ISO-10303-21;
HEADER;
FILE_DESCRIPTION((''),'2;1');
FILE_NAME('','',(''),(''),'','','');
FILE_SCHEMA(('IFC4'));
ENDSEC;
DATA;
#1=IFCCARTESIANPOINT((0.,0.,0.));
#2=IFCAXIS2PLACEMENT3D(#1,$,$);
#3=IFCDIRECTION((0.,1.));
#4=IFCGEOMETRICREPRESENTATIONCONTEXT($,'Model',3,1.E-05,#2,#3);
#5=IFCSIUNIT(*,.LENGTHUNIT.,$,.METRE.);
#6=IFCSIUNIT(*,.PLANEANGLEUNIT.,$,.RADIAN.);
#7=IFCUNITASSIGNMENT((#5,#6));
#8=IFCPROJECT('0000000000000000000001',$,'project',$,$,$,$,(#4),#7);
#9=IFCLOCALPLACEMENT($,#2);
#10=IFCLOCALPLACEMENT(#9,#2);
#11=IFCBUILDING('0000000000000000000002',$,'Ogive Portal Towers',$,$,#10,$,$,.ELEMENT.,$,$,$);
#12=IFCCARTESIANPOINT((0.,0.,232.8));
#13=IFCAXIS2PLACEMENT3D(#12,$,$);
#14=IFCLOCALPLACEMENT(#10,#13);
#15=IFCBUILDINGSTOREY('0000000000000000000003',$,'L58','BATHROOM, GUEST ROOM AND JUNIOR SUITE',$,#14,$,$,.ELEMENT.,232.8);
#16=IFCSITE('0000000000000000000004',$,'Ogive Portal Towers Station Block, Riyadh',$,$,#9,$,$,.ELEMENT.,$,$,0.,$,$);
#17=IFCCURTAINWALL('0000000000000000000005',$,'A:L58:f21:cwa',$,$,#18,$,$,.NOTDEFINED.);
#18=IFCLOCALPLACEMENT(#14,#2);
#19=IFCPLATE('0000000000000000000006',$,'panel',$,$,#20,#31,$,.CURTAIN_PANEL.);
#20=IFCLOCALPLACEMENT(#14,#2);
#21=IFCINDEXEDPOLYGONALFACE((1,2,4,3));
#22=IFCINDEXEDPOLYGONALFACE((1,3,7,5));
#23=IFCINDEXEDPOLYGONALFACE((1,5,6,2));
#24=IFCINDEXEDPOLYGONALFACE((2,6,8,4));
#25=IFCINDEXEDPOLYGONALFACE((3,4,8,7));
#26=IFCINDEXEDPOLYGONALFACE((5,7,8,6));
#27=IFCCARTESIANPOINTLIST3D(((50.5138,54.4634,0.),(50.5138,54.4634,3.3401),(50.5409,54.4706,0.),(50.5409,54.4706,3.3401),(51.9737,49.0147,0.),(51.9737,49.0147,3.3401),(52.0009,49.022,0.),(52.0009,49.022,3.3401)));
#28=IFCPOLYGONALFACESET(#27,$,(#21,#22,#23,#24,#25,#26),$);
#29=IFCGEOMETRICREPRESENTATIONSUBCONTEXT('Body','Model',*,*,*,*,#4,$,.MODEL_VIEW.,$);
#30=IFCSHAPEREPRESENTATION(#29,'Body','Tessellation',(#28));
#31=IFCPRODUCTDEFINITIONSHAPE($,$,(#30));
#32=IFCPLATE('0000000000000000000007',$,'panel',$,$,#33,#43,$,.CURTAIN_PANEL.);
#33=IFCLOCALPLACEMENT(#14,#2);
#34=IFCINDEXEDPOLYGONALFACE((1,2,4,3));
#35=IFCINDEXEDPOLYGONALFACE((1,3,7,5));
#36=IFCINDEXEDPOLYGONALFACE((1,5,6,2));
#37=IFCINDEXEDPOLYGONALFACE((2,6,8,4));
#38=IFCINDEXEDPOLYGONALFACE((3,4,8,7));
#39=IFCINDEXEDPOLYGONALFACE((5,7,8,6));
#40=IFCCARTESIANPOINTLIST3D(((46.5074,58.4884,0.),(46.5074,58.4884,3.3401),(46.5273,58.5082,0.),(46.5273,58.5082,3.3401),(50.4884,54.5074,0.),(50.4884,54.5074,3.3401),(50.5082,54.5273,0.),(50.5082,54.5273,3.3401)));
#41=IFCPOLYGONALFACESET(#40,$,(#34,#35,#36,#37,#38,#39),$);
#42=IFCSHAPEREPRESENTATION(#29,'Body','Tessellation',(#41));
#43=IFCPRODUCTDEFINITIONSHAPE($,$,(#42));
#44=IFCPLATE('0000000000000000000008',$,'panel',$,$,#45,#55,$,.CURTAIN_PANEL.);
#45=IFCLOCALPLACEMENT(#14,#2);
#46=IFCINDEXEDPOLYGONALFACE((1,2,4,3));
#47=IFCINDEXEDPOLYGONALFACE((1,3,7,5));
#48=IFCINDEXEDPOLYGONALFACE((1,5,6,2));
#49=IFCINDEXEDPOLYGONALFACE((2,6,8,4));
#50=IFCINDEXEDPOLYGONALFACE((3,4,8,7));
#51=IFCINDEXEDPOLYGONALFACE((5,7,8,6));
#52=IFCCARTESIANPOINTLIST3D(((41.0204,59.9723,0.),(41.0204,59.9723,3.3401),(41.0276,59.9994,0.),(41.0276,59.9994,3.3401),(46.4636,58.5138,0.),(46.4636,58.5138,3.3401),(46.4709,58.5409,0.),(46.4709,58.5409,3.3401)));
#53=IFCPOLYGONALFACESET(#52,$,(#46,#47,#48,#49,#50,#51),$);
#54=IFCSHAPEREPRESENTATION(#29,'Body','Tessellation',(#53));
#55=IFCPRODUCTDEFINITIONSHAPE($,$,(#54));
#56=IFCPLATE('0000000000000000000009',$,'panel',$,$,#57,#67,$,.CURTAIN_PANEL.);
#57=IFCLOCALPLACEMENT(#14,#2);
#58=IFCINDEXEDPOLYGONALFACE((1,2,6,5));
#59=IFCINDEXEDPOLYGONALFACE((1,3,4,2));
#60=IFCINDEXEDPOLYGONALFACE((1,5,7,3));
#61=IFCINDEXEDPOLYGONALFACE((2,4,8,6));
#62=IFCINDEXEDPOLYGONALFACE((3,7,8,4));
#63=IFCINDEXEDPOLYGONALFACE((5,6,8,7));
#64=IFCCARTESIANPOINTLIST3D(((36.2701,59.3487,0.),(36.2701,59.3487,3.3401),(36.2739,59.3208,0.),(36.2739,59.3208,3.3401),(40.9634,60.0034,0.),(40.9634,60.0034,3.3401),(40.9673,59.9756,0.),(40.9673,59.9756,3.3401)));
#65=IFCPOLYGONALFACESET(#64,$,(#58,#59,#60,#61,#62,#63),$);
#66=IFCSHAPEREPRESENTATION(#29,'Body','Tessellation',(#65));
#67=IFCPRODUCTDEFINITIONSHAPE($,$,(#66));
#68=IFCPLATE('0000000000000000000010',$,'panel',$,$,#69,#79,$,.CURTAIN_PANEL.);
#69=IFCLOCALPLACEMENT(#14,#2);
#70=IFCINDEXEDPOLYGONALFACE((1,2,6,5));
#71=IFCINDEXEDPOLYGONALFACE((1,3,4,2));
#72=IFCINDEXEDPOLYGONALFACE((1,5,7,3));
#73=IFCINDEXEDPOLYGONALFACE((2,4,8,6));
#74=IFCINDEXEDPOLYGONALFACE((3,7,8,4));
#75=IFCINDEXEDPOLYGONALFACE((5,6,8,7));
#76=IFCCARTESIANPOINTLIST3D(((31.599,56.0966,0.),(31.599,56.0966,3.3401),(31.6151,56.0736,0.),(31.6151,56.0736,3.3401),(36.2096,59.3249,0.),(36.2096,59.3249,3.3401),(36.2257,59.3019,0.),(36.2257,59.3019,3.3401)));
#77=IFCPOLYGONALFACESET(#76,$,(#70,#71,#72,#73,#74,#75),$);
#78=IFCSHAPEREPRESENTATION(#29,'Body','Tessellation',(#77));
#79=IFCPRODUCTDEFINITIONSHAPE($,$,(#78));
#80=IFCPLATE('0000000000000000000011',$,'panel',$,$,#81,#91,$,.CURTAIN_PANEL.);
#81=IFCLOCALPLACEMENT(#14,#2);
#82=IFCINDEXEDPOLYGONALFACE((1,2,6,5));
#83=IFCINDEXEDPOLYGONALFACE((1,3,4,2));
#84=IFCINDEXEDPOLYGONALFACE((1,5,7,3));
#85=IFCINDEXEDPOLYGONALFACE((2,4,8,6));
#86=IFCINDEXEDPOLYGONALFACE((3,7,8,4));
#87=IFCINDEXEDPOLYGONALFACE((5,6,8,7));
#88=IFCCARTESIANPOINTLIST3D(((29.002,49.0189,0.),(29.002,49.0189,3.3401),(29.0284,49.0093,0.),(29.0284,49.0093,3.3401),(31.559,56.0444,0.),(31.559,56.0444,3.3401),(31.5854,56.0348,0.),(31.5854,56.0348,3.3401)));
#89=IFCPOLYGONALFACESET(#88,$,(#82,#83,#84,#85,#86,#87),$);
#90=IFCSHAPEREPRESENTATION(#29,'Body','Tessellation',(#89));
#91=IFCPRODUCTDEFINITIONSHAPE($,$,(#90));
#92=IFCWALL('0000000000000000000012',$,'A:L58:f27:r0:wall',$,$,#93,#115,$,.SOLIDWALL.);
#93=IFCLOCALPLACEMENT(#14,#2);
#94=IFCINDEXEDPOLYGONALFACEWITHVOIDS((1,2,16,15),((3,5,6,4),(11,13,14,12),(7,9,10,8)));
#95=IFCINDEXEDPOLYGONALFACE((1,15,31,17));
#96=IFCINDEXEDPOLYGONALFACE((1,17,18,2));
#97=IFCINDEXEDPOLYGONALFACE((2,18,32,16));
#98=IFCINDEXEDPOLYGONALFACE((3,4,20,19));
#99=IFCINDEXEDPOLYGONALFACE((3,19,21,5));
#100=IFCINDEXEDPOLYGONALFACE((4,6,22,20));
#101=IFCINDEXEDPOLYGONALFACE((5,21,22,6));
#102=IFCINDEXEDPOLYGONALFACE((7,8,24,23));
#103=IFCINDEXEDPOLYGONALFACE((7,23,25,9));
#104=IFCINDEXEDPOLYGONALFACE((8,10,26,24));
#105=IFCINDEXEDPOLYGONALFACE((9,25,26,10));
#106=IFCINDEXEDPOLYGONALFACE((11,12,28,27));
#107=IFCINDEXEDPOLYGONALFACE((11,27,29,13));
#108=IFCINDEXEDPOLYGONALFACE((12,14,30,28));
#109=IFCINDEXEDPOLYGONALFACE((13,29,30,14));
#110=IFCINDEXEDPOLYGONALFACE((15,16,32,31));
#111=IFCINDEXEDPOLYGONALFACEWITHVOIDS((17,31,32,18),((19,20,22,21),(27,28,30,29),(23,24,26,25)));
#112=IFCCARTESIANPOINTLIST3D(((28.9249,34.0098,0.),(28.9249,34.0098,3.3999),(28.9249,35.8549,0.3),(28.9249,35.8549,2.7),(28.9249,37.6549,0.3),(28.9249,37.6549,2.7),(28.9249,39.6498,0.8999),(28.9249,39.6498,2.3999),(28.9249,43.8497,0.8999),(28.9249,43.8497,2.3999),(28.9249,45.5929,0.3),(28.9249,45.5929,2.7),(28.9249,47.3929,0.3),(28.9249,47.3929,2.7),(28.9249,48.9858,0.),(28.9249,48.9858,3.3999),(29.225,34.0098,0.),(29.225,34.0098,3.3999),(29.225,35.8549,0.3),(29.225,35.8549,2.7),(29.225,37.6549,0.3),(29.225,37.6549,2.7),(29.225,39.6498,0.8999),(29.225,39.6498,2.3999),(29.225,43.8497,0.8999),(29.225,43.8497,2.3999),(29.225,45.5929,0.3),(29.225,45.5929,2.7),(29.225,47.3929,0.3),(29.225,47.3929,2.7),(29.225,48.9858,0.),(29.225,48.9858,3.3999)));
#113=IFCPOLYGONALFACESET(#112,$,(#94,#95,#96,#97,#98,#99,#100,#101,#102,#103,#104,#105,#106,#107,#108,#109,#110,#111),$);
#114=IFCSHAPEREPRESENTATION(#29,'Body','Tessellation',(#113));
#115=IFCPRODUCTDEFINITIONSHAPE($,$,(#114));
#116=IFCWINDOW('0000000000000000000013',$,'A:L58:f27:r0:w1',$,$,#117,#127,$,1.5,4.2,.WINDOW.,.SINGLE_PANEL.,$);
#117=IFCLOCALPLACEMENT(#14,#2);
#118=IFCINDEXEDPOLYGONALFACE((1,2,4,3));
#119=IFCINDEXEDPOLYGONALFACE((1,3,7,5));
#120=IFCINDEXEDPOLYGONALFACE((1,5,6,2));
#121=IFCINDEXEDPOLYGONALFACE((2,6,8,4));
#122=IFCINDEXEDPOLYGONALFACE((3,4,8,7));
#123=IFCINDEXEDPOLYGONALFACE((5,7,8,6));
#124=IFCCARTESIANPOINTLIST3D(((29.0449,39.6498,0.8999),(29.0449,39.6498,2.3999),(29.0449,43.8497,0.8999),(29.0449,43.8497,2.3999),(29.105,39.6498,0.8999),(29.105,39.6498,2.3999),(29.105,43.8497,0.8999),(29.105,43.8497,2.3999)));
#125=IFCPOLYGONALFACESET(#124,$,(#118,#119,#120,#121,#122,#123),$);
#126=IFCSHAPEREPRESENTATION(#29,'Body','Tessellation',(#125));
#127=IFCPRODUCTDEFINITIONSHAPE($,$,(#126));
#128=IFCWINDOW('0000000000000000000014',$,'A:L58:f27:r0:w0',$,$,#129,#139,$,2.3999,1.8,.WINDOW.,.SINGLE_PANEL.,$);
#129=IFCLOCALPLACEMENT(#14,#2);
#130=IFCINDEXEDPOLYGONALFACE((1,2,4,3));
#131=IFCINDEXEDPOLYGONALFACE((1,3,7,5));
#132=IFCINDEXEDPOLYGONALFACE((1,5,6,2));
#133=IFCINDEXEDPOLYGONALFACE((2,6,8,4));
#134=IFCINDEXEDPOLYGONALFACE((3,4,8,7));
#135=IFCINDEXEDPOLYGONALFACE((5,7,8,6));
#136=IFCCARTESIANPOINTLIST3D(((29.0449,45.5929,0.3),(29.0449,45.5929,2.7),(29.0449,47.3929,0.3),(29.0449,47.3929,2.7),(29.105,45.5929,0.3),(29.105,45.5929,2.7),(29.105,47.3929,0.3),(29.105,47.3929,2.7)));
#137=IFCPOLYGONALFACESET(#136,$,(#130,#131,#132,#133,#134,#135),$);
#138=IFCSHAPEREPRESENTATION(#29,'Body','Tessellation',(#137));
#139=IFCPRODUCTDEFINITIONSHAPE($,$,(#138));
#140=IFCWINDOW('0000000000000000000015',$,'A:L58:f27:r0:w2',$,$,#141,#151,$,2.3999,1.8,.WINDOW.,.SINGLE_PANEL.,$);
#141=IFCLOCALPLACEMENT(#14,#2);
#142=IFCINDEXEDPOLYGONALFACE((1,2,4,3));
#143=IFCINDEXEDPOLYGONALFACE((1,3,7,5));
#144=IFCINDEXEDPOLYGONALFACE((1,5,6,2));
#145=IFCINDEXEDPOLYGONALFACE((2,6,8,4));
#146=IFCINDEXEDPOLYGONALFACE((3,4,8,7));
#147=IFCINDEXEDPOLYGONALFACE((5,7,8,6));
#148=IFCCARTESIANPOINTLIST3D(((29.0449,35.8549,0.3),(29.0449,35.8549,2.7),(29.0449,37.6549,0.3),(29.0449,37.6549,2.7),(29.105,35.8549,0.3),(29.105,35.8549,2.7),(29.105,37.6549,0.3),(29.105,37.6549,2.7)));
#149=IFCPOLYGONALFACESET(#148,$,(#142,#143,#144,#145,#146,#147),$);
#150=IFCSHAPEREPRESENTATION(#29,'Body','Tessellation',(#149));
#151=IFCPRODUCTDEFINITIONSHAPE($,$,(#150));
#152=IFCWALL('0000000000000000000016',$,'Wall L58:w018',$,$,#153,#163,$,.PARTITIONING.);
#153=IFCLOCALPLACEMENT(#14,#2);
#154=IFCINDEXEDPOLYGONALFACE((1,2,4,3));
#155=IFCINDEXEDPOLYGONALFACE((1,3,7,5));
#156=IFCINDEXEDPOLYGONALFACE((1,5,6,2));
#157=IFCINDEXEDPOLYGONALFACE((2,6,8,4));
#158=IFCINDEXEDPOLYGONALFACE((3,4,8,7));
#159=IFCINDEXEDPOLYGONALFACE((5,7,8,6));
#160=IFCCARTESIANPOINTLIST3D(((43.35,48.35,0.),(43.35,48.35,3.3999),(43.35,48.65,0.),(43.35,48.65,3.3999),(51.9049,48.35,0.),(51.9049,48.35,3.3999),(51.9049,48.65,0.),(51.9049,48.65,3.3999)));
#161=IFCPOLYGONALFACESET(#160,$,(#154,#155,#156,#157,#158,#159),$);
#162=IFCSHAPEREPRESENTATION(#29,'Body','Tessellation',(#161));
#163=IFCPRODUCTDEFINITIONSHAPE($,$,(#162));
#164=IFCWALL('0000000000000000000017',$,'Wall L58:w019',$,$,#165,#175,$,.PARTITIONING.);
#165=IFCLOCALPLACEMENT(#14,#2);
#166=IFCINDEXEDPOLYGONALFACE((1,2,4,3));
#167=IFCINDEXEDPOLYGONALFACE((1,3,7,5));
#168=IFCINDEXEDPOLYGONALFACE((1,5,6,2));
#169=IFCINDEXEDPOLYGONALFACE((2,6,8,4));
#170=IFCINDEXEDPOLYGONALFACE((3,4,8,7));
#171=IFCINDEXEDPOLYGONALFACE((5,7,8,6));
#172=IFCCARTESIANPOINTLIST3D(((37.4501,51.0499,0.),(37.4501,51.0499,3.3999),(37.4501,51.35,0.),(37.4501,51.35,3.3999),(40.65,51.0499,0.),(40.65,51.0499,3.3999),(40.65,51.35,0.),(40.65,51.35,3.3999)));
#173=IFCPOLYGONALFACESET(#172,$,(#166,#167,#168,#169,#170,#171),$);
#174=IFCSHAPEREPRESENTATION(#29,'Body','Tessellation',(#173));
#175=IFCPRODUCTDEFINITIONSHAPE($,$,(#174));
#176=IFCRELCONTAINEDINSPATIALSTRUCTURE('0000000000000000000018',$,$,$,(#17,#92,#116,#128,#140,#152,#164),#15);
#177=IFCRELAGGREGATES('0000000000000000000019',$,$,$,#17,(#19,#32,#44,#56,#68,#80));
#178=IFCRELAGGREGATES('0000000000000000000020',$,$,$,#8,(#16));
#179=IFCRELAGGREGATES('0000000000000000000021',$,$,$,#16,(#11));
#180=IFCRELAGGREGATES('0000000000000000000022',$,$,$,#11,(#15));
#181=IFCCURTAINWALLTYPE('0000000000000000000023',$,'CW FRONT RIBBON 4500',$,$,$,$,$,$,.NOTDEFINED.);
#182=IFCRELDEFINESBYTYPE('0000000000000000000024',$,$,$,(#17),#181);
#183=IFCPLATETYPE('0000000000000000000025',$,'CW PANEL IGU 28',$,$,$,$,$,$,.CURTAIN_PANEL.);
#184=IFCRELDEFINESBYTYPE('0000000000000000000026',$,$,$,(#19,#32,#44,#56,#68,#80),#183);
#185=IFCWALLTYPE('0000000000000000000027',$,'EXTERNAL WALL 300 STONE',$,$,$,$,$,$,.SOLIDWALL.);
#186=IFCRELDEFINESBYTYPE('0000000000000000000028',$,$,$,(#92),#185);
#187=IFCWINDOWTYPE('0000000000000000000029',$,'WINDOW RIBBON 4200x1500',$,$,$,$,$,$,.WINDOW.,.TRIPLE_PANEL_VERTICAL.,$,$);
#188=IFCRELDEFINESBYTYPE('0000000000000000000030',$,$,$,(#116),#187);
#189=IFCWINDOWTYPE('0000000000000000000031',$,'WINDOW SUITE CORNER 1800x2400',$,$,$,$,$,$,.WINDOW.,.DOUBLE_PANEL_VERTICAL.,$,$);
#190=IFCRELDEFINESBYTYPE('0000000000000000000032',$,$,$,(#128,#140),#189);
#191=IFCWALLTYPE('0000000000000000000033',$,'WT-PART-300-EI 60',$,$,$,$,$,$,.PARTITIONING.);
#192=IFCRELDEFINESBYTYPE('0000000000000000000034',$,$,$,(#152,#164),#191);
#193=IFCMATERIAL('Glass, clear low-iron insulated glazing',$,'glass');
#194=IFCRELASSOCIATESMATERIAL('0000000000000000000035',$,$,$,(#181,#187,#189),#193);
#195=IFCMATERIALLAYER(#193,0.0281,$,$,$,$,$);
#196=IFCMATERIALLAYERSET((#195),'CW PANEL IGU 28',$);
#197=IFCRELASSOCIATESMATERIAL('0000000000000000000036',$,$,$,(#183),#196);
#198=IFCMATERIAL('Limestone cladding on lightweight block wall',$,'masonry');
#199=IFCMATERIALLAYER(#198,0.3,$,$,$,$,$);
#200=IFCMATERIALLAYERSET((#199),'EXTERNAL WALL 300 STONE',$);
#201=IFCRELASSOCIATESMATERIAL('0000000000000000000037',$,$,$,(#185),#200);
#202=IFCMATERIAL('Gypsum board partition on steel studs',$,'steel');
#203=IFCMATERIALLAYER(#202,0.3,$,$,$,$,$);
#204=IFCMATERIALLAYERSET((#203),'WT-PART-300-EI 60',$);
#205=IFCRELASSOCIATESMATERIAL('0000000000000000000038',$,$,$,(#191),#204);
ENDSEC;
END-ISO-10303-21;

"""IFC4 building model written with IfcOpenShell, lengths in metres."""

from ifc_helpers import new_model, si_unit, direction, frame, frame_2d, origin, origin_2d, place, context, subcontext, project, spatial, rectangle, extrude, material, layer, layer_set, type_object, element, fill, aggregate, save


model = new_model("IFC4")

# Units and contexts
model_context = context("Model", 3, precision=1e-05, world=origin(), true_north=direction((0.0, 1.0)))
body_context = subcontext(model_context, "Body", "Model", "MODEL_VIEW")
ifc_project = project(units=[si_unit("LENGTHUNIT", "METRE"), si_unit("PLANEANGLEUNIT", "RADIAN")], contexts=[model_context])

# Site, building, storey
site_placement = place(None, origin())
site = spatial("IfcSite", under=ifc_project, at=site_placement, Name="Ogive Portal Towers Station Block, Riyadh", CompositionType="ELEMENT", RefElevation=0.0)
building_placement = place(site_placement, origin())
building = spatial("IfcBuilding", under=site, at=building_placement, Name="Ogive Portal Towers", CompositionType="ELEMENT")
storey_placement = place(building_placement, frame((0.0, 0.0, 232.8)))
storey = spatial("IfcBuildingStorey", under=building, at=storey_placement, Name="L58", Description="BATHROOM, GUEST ROOM AND JUNIOR SUITE", CompositionType="ELEMENT", Elevation=232.8)

# Curtain wall, plates
ifc_material_1 = material(Name="Glass, clear low-iron insulated glazing", Category="glass")
curtain_wall_type = type_object("IfcCurtainWallType", Name="CW FRONT RIBBON 4500", PredefinedType="NOTDEFINED", material=ifc_material_1)
curtain_wall_placement = place(storey_placement, origin())
curtain_wall = element("IfcCurtainWall", 1, at=curtain_wall_placement, inside=storey, type_object=curtain_wall_type, Name="A:L58:f21:cwa", PredefinedType="NOTDEFINED")
ifc_layer_1 = layer(ifc_material_1, 0.0281)
ifc_layer_set_1 = layer_set([ifc_layer_1], Name="CW PANEL IGU 28")
plate_type = type_object("IfcPlateType", Name="CW PANEL IGU 28", PredefinedType="CURTAIN_PANEL", material=ifc_layer_set_1)
plate_1_placement = place(storey_placement, frame((51.2573, 51.7427, 0.0), z_axis=(0.0, 0.0, 1.0), x_axis=(-0.258819, 0.965926, 0.0)))
plate_1 = element("IfcPlate", 2, at=plate_1_placement, type_object=plate_type, Name="panel", PredefinedType="CURTAIN_PANEL", context=body_context, shape_type="SweptSolid", body=[
    extrude(rectangle(XDim=5.6409, YDim=0.0281, at=origin_2d()), origin(), (0.0, 0.0, 1.0), 3.3401),
])
plate_2_placement = place(storey_placement, frame((48.5078, 56.5078, 0.0), z_axis=(0.0, 0.0, 1.0), x_axis=(-0.707107, 0.707107, 0.0)))
plate_2 = element("IfcPlate", 3, at=plate_2_placement, type_object=plate_type, Name="panel", PredefinedType="CURTAIN_PANEL", context=body_context, shape_type="SweptSolid", body=[
    extrude(rectangle(XDim=5.6299, YDim=0.0281, at=origin_2d()), origin(), (0.0, 0.0, 1.0), 3.3401),
])
plate_3_placement = place(storey_placement, frame((43.7456, 59.2566, 0.0), z_axis=(0.0, 0.0, 1.0), x_axis=(-0.965926, 0.258819, 0.0)))
plate_3 = element("IfcPlate", 4, at=plate_3_placement, type_object=plate_type, Name="panel", PredefinedType="CURTAIN_PANEL", context=body_context, shape_type="SweptSolid", body=[
    extrude(rectangle(XDim=5.6353, YDim=0.0281, at=origin_2d()), origin(), (0.0, 0.0, 1.0), 3.3401),
])
plate_4_placement = place(storey_placement, frame((38.6187, 59.6621, 0.0), z_axis=(0.0, 0.0, 1.0), x_axis=(-0.99041, -0.138161, 0.0)))
plate_4 = element("IfcPlate", 5, at=plate_4_placement, type_object=plate_type, Name="panel", PredefinedType="CURTAIN_PANEL", context=body_context, shape_type="SweptSolid", body=[
    extrude(rectangle(XDim=4.7388, YDim=0.0281, at=origin_2d()), origin(), (0.0, 0.0, 1.0), 3.3401),
])
plate_5_placement = place(storey_placement, frame((33.9124, 57.6992, 0.0), z_axis=(0.0, 0.0, 1.0), x_axis=(-0.819152, -0.573576, 0.0)))
plate_5 = element("IfcPlate", 6, at=plate_5_placement, type_object=plate_type, Name="panel", PredefinedType="CURTAIN_PANEL", context=body_context, shape_type="SweptSolid", body=[
    extrude(rectangle(XDim=5.6284, YDim=0.0281, at=origin_2d()), origin(), (0.0, 0.0, 1.0), 3.3401),
])
plate_6_placement = place(storey_placement, frame((30.2937, 52.5269, 0.0), z_axis=(0.0, 0.0, 1.0), x_axis=(-0.34202, -0.939693, 0.0)))
plate_6 = element("IfcPlate", 7, at=plate_6_placement, type_object=plate_type, Name="panel", PredefinedType="CURTAIN_PANEL", context=body_context, shape_type="SweptSolid", body=[
    extrude(rectangle(XDim=7.4763, YDim=0.0281, at=origin_2d()), origin(), (0.0, 0.0, 1.0), 3.3401),
])
aggregate(curtain_wall, [plate_1, plate_2, plate_3, plate_4, plate_5, plate_6])

# Wall, openings, windows
ifc_material_2 = material(Name="Limestone cladding on lightweight block wall", Category="masonry")
ifc_layer_2 = layer(ifc_material_2, 0.3)
ifc_layer_set_2 = layer_set([ifc_layer_2], Name="EXTERNAL WALL 300 STONE")
wall_type_1 = type_object("IfcWallType", Name="EXTERNAL WALL 300 STONE", PredefinedType="SOLIDWALL", material=ifc_layer_set_2)
wall_1_placement = place(storey_placement, frame((29.075, 48.9858, 0.0), z_axis=(0.0, 0.0, 1.0), x_axis=(0.0, -1.0, 0.0)))
wall_1 = element("IfcWall", 8, at=wall_1_placement, inside=storey, type_object=wall_type_1, Name="A:L58:f27:r0:wall", PredefinedType="SOLIDWALL", context=body_context, shape_type="SweptSolid", body=[
    extrude(rectangle(XDim=14.9761, YDim=0.3, at=frame_2d((7.488, 0.0))), origin(), (0.0, 0.0, 1.0), 3.3999),
])
opening_1_placement = place(wall_1_placement, frame((1.593, 0.0, 0.3)))
opening_1 = element("IfcOpeningElement", 9, at=opening_1_placement, cuts=wall_1, PredefinedType="OPENING", context=body_context, shape_type="SweptSolid", body=[
    extrude(rectangle(XDim=1.8, YDim=2.3999, at=frame_2d((0.8999, 1.2))), frame((0.0, 0.1602, 0.0), z_axis=(0.0, -1.0, 0.0), x_axis=(1.0, 0.0, 0.0)), (0.0, 0.0, 1.0), 0.3201),
])
opening_2_placement = place(wall_1_placement, frame((5.136, 0.0, 0.8999)))
opening_2 = element("IfcOpeningElement", 10, at=opening_2_placement, cuts=wall_1, PredefinedType="OPENING", context=body_context, shape_type="SweptSolid", body=[
    extrude(rectangle(XDim=4.2, YDim=1.5, at=frame_2d((2.1001, 0.75))), frame((0.0, 0.1602, 0.0), z_axis=(0.0, -1.0, 0.0), x_axis=(1.0, 0.0, 0.0)), (0.0, 0.0, 1.0), 0.3201),
])
opening_3_placement = place(wall_1_placement, frame((11.3311, 0.0, 0.3)))
opening_3 = element("IfcOpeningElement", 11, at=opening_3_placement, cuts=wall_1, PredefinedType="OPENING", context=body_context, shape_type="SweptSolid", body=[
    extrude(rectangle(XDim=1.8, YDim=2.3999, at=frame_2d((0.8999, 1.2))), frame((0.0, 0.1602, 0.0), z_axis=(0.0, -1.0, 0.0), x_axis=(1.0, 0.0, 0.0)), (0.0, 0.0, 1.0), 0.3201),
])
window_type_1 = type_object("IfcWindowType", Name="WINDOW RIBBON 4200x1500", PartitioningType="TRIPLE_PANEL_VERTICAL", PredefinedType="WINDOW", material=ifc_material_1)
window_1_placement = place(opening_2_placement, origin())
window_1 = element("IfcWindow", 12, at=window_1_placement, inside=storey, type_object=window_type_1, Name="A:L58:f27:r0:w1", OverallHeight=1.5, OverallWidth=4.2, PartitioningType="SINGLE_PANEL", PredefinedType="WINDOW", context=body_context, shape_type="SweptSolid", body=[
    extrude(rectangle(XDim=4.2, YDim=1.5, at=frame_2d((2.1001, 0.75))), frame((0.0, 0.03, 0.0), z_axis=(0.0, -1.0, 0.0), x_axis=(1.0, 0.0, 0.0)), (0.0, 0.0, 1.0), 0.0601),
])
fill(opening_2, window_1)
window_type_2 = type_object("IfcWindowType", Name="WINDOW SUITE CORNER 1800x2400", PartitioningType="DOUBLE_PANEL_VERTICAL", PredefinedType="WINDOW", material=ifc_material_1)
window_2_placement = place(opening_1_placement, origin())
window_2 = element("IfcWindow", 13, at=window_2_placement, inside=storey, type_object=window_type_2, Name="A:L58:f27:r0:w0", OverallHeight=2.3999, OverallWidth=1.8, PartitioningType="SINGLE_PANEL", PredefinedType="WINDOW", context=body_context, shape_type="SweptSolid", body=[
    extrude(rectangle(XDim=1.8, YDim=2.3999, at=frame_2d((0.8999, 1.2))), frame((0.0, 0.03, 0.0), z_axis=(0.0, -1.0, 0.0), x_axis=(1.0, 0.0, 0.0)), (0.0, 0.0, 1.0), 0.0601),
])
fill(opening_1, window_2)
window_3_placement = place(opening_3_placement, origin())
window_3 = element("IfcWindow", 14, at=window_3_placement, inside=storey, type_object=window_type_2, Name="A:L58:f27:r0:w2", OverallHeight=2.3999, OverallWidth=1.8, PartitioningType="SINGLE_PANEL", PredefinedType="WINDOW", context=body_context, shape_type="SweptSolid", body=[
    extrude(rectangle(XDim=1.8, YDim=2.3999, at=frame_2d((0.8999, 1.2))), frame((0.0, 0.03, 0.0), z_axis=(0.0, -1.0, 0.0), x_axis=(1.0, 0.0, 0.0)), (0.0, 0.0, 1.0), 0.0601),
])
fill(opening_3, window_3)

# Walls
ifc_material_3 = material(Name="Gypsum board partition on steel studs", Category="steel")
ifc_layer_3 = layer(ifc_material_3, 0.3)
ifc_layer_set_3 = layer_set([ifc_layer_3], Name="WT-PART-300-EI 60")
wall_type_2 = type_object("IfcWallType", Name="WT-PART-300-EI 60", PredefinedType="PARTITIONING", material=ifc_layer_set_3)
wall_2_placement = place(storey_placement, frame((43.3501, 48.5, 0.0), z_axis=(0.0, 0.0, 1.0), x_axis=(1.0, 0.0, 0.0)))
element("IfcWall", 15, at=wall_2_placement, inside=storey, type_object=wall_type_2, Name="Wall L58:w018", PredefinedType="PARTITIONING", context=body_context, shape_type="SweptSolid", body=[
    extrude(rectangle(XDim=8.5549, YDim=0.3, at=frame_2d((4.2773, 0.0))), origin(), (0.0, 0.0, 1.0), 3.3999),
])
wall_3_placement = place(storey_placement, frame((37.45, 51.2, 0.0), z_axis=(0.0, 0.0, 1.0), x_axis=(1.0, 0.0, 0.0)))
element("IfcWall", 16, at=wall_3_placement, inside=storey, type_object=wall_type_2, Name="Wall L58:w019", PredefinedType="PARTITIONING", context=body_context, shape_type="SweptSolid", body=[
    extrude(rectangle(XDim=3.2, YDim=0.3, at=frame_2d((1.6001, 0.0))), origin(), (0.0, 0.0, 1.0), 3.3999),
])

save(model, "model.ifc")
